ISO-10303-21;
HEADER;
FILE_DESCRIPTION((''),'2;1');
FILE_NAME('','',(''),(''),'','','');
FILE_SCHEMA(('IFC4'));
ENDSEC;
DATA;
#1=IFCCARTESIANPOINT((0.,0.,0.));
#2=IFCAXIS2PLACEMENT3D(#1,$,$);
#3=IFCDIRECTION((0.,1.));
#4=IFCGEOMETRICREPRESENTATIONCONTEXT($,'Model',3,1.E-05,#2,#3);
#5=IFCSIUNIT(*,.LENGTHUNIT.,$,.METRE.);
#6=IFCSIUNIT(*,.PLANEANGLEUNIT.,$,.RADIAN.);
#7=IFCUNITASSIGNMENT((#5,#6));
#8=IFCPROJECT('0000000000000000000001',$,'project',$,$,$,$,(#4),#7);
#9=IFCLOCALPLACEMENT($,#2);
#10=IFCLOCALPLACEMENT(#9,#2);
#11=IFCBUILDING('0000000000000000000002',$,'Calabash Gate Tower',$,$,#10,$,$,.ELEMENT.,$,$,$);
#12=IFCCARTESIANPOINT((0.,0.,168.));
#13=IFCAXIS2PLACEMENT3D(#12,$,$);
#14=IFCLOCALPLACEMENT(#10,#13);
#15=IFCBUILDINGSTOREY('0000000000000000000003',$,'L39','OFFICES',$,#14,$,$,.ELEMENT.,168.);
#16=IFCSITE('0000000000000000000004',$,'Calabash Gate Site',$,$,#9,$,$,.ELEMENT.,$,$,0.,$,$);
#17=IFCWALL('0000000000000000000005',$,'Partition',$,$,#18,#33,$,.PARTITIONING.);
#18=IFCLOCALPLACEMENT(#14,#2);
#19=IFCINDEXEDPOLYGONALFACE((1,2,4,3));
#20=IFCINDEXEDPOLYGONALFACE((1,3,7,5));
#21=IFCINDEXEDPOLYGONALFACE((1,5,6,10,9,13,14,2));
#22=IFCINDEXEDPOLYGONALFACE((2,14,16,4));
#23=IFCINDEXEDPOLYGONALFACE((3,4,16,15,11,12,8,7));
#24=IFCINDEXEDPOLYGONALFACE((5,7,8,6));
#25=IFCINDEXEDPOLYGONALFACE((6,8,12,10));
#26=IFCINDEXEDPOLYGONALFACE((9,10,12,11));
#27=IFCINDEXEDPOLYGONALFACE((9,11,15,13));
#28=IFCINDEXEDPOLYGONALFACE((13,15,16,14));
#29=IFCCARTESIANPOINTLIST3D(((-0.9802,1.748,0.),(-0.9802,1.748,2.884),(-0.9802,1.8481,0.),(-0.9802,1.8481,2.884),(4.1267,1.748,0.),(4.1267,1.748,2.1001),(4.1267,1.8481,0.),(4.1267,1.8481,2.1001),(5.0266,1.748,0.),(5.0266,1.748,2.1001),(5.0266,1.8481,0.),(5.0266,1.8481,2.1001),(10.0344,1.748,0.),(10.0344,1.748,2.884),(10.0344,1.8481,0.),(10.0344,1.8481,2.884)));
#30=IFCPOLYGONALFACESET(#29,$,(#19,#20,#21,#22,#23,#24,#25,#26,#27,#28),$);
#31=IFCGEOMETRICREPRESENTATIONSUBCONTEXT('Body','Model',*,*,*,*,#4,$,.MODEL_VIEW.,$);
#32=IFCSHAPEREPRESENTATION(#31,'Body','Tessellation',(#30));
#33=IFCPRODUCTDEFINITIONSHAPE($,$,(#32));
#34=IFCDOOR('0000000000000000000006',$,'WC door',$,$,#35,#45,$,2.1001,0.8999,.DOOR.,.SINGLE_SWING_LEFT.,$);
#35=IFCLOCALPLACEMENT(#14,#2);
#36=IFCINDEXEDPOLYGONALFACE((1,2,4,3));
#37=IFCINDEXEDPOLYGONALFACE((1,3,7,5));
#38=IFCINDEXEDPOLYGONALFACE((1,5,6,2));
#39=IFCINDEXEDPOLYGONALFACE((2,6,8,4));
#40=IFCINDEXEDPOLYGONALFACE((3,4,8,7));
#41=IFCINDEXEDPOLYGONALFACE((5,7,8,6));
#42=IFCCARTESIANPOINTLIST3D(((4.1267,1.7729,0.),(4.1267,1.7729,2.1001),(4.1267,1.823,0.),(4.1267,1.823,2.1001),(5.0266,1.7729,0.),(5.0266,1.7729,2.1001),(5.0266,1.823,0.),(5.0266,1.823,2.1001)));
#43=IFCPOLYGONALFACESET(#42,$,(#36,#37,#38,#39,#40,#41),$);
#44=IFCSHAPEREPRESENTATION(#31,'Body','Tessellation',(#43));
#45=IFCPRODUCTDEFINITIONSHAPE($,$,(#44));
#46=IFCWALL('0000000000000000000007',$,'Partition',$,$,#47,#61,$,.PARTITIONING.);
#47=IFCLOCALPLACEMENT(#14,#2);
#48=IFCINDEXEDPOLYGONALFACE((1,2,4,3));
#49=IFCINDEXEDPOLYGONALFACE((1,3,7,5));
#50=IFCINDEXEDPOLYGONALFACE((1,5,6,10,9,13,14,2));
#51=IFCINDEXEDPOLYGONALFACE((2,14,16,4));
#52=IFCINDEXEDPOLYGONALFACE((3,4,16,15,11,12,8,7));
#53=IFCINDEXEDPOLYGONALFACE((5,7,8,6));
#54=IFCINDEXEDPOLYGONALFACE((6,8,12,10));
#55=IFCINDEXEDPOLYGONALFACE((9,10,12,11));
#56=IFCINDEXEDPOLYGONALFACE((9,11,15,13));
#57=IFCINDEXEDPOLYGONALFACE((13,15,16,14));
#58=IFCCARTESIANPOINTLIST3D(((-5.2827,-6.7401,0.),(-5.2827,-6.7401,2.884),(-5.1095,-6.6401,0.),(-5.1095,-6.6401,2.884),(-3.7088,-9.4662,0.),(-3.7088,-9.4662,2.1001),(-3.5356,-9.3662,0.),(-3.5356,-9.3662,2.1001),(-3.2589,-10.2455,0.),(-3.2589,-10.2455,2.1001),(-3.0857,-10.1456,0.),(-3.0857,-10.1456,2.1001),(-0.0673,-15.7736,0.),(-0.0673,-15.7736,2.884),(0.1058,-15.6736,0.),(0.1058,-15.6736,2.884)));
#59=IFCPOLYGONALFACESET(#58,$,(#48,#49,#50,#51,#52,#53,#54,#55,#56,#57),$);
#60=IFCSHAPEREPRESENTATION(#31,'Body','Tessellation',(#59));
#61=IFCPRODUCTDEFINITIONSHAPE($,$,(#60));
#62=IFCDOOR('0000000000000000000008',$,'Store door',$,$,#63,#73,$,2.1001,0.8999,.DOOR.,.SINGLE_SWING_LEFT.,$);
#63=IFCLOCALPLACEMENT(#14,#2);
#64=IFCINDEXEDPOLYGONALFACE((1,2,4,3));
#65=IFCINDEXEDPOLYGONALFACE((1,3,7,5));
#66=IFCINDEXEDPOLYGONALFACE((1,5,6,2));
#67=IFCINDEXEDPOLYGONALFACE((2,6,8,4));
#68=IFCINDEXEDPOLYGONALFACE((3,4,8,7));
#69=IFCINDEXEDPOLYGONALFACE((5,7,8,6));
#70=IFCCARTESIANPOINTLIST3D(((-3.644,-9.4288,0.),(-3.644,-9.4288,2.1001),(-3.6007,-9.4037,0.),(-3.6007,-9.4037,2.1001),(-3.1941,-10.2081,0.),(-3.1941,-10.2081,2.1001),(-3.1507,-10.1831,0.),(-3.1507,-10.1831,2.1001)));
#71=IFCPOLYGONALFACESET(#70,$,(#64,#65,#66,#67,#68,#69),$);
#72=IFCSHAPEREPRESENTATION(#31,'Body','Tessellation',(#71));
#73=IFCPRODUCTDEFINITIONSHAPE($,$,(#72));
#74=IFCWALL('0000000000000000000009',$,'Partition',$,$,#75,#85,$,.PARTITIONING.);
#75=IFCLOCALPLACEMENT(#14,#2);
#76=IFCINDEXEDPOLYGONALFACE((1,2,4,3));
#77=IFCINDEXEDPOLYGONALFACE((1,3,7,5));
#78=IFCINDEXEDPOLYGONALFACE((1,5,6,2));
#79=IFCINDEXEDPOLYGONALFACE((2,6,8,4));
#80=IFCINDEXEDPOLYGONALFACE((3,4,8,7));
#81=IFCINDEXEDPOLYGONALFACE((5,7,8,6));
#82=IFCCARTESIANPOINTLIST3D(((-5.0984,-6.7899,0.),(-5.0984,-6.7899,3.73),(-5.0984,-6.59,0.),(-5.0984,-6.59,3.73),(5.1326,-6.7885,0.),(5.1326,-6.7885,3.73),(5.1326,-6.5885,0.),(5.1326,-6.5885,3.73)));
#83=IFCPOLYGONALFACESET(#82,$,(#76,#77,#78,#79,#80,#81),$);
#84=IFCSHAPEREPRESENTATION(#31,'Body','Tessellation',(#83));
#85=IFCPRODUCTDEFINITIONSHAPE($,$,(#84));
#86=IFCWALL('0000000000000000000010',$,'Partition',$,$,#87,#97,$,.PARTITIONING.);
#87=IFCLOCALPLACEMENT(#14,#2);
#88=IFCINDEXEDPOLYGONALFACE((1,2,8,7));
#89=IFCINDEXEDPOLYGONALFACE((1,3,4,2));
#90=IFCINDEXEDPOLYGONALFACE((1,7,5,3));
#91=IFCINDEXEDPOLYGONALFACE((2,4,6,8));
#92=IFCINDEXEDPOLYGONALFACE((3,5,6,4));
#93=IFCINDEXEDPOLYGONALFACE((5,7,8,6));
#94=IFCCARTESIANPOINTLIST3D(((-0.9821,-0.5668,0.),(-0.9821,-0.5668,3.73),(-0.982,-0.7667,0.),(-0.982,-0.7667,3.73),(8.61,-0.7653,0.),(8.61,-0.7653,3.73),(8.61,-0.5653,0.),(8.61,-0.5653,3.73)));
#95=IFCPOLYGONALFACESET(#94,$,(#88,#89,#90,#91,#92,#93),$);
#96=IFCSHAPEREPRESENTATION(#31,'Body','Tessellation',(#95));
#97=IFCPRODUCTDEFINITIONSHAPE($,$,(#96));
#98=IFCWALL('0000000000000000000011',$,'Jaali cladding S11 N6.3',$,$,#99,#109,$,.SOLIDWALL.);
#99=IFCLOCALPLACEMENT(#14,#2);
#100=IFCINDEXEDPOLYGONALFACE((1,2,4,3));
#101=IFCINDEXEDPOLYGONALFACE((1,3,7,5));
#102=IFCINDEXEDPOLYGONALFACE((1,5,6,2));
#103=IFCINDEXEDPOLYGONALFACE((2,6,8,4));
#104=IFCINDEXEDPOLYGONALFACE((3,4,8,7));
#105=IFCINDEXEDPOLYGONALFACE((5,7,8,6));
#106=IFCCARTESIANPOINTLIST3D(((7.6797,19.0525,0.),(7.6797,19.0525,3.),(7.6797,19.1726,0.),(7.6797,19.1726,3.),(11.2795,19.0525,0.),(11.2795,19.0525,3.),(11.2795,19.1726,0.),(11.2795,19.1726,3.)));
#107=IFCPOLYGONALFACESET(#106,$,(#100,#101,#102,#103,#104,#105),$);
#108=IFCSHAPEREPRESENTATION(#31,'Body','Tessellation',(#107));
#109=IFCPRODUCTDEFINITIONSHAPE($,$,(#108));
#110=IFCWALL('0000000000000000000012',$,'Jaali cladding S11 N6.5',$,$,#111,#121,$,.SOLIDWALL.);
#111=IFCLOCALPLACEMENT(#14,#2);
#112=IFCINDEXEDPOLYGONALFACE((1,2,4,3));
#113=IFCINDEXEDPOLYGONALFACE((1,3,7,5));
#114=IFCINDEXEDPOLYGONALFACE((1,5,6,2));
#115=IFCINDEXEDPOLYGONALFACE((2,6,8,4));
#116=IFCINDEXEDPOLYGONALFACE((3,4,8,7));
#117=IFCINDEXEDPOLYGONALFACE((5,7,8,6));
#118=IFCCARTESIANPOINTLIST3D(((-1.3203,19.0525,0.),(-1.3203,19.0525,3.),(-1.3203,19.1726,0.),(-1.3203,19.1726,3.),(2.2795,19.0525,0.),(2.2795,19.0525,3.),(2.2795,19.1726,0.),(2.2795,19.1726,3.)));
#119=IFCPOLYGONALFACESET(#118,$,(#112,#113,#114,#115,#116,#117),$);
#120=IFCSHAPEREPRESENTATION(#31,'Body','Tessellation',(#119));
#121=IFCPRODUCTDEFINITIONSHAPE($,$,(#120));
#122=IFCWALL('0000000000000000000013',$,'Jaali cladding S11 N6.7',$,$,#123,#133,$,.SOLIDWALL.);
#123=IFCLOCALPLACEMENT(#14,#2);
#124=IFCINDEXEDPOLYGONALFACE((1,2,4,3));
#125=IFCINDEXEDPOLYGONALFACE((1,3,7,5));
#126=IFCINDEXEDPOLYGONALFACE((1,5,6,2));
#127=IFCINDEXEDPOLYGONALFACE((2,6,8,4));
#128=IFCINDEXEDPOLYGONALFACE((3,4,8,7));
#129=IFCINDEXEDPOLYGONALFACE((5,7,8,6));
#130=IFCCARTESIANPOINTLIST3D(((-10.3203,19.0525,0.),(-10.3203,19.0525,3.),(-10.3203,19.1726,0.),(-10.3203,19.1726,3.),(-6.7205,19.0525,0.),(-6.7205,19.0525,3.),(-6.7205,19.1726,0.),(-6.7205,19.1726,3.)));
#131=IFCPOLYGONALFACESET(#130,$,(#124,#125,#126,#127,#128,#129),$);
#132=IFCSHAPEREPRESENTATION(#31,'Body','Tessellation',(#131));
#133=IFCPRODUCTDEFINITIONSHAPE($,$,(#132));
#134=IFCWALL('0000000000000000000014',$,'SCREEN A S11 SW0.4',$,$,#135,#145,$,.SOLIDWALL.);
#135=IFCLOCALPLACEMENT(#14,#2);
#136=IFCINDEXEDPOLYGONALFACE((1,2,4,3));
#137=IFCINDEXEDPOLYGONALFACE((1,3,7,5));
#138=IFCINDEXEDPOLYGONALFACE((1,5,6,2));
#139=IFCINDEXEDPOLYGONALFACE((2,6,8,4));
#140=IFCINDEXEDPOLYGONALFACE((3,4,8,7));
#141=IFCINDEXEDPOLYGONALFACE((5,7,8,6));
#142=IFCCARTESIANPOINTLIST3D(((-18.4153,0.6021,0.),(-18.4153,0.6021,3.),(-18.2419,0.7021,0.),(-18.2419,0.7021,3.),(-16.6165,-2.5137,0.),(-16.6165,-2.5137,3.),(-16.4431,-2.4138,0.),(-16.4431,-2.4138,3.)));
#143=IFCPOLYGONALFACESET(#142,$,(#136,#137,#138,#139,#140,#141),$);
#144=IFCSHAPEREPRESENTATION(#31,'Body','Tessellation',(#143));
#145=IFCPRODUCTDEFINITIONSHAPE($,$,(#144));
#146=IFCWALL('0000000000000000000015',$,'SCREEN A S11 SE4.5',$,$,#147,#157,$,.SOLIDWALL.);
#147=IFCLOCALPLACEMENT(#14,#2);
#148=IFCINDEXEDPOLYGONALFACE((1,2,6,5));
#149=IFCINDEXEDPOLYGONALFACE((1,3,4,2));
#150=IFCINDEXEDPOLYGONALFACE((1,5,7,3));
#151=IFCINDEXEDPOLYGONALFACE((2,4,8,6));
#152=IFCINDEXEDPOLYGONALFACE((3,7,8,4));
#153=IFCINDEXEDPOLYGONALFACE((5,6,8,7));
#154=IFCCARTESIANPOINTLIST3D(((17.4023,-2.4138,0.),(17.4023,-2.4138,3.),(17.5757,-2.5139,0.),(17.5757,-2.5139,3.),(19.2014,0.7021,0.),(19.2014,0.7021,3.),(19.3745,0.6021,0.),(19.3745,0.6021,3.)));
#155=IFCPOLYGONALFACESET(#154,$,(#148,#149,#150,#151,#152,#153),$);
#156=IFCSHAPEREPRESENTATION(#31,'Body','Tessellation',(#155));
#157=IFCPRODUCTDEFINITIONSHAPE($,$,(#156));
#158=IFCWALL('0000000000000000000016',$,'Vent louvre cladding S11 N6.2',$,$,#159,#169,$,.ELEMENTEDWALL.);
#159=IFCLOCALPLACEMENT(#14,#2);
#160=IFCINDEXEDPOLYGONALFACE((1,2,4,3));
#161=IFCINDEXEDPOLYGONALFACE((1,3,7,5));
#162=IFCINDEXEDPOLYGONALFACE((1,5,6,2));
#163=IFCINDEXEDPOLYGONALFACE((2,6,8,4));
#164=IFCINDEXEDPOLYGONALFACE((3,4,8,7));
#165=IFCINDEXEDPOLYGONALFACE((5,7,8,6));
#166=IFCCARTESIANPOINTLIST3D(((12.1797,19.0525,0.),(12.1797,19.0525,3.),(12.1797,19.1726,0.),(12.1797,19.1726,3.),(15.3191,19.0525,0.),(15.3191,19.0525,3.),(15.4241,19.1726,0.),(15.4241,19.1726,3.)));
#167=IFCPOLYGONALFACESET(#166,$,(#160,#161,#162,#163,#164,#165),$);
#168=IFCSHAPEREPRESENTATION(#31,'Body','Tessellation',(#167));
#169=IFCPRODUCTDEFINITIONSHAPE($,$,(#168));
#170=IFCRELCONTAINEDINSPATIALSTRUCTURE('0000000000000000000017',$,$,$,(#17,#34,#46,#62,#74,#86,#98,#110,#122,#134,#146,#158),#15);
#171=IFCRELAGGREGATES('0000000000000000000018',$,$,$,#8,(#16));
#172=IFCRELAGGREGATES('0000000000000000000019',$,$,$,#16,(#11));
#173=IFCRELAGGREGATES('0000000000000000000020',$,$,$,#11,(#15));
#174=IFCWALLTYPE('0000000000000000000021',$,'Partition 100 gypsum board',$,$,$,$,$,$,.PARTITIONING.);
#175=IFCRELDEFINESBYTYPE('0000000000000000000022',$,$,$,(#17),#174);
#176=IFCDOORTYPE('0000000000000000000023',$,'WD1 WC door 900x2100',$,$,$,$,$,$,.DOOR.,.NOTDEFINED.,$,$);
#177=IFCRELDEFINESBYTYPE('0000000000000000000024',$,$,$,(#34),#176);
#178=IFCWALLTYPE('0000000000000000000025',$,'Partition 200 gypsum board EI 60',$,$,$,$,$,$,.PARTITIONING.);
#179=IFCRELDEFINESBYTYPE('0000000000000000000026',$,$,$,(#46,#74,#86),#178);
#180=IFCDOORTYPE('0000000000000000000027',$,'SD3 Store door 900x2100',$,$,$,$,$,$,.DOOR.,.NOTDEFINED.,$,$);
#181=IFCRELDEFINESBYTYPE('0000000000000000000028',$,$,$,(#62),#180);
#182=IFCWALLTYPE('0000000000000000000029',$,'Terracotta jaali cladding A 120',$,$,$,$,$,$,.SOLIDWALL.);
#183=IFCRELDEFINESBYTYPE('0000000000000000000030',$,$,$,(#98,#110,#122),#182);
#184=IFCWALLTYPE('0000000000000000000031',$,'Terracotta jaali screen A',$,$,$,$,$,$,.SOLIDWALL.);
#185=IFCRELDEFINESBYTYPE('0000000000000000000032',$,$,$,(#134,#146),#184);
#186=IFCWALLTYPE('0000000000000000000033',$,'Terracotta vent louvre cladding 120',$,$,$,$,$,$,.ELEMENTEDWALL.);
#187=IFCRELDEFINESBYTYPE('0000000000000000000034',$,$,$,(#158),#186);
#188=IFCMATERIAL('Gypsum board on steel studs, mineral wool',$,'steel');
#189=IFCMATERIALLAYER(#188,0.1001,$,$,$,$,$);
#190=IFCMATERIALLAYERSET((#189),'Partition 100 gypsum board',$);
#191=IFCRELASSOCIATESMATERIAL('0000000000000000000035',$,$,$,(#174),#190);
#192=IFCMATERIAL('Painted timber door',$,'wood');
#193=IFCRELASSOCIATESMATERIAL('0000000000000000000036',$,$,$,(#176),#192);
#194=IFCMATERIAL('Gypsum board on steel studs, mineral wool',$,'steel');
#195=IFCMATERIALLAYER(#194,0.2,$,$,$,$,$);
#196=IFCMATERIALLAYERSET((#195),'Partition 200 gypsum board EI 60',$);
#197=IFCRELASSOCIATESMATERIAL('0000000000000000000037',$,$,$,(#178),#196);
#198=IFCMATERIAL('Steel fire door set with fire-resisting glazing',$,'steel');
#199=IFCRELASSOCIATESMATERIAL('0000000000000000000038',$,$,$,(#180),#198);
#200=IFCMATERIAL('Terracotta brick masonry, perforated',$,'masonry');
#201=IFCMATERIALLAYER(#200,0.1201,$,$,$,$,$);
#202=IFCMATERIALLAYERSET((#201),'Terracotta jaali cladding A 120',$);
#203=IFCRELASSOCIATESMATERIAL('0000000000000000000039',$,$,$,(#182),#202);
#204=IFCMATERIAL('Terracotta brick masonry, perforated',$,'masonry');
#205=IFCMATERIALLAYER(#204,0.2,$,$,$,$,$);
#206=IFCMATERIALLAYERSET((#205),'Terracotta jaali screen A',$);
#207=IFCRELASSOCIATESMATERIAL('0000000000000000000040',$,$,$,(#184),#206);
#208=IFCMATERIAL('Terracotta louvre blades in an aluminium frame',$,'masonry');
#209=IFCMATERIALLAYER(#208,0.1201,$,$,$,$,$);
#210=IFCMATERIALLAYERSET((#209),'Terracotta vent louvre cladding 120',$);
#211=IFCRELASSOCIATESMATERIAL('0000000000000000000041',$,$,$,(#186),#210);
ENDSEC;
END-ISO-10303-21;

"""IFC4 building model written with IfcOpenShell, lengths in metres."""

from ifc_helpers import new_model, si_unit, direction, frame, frame_2d, origin, place, context, subcontext, project, spatial, polyline, rectangle, outline, extrude, material, layer, layer_set, type_object, element, fill, save


model = new_model("IFC4")

# Units and contexts
model_context = context("Model", 3, precision=1e-05, world=origin(), true_north=direction((0.0, 1.0)))
body_context = subcontext(model_context, "Body", "Model", "MODEL_VIEW")
ifc_project = project(units=[si_unit("LENGTHUNIT", "METRE"), si_unit("PLANEANGLEUNIT", "RADIAN")], contexts=[model_context])

# Site, building, storey
site_placement = place(None, origin())
site = spatial("IfcSite", under=ifc_project, at=site_placement, Name="Calabash Gate Site", CompositionType="ELEMENT", RefElevation=0.0)
building_placement = place(site_placement, origin())
building = spatial("IfcBuilding", under=site, at=building_placement, Name="Calabash Gate Tower", CompositionType="ELEMENT")
storey_placement = place(building_placement, frame((0.0, 0.0, 168.0)))
storey = spatial("IfcBuildingStorey", under=building, at=storey_placement, Name="L39", Description="OFFICES", CompositionType="ELEMENT", Elevation=168.0)

# Shared definitions
ifc_material_1 = material(Name="Gypsum board on steel studs, mineral wool", Category="steel")
ifc_layer_1 = layer(ifc_material_1, 0.1001)
ifc_layer_set_1 = layer_set([ifc_layer_1], Name="Partition 100 gypsum board")
wall_type_1 = type_object("IfcWallType", Name="Partition 100 gypsum board", PredefinedType="PARTITIONING", material=ifc_layer_set_1)

# Walls, openings, doors
wall_1_placement = place(storey_placement, frame((-0.9802, 1.7981, 0.0), z_axis=(0.0, 0.0, 1.0), x_axis=(1.0, 0.0, 0.0)))
wall_1 = element("IfcWall", 1, at=wall_1_placement, inside=storey, type_object=wall_type_1, Name="Partition", PredefinedType="PARTITIONING", context=body_context, shape_type="SweptSolid", body=[
    extrude(rectangle(XDim=11.0146, YDim=0.1001, at=frame_2d((5.5073, 0.0))), origin(), (0.0, 0.0, 1.0), 2.884),
])
opening_1_placement = place(wall_1_placement, frame((5.1069, 0.0, 0.0)))
opening_1 = element("IfcOpeningElement", 2, at=opening_1_placement, cuts=wall_1, PredefinedType="OPENING", context=body_context, shape_type="SweptSolid", body=[
    extrude(rectangle(XDim=0.8999, YDim=2.1001, at=frame_2d((0.45, 1.05))), frame((0.0, 0.0601, 0.0), z_axis=(0.0, -1.0, 0.0), x_axis=(1.0, 0.0, 0.0)), (0.0, 0.0, 1.0), 0.1201),
])
ifc_material_2 = material(Name="Painted timber door", Category="wood")
door_type_1 = type_object("IfcDoorType", Name="WD1 WC door 900x2100", OperationType="NOTDEFINED", PredefinedType="DOOR", material=ifc_material_2)
door_1_placement = place(opening_1_placement, origin())
door_1 = element("IfcDoor", 3, at=door_1_placement, inside=storey, type_object=door_type_1, Name="WC door", OperationType="SINGLE_SWING_LEFT", OverallHeight=2.1001, OverallWidth=0.8999, PredefinedType="DOOR", context=body_context, shape_type="SweptSolid", body=[
    extrude(rectangle(XDim=0.8999, YDim=2.1001, at=frame_2d((0.45, 1.05))), frame((0.0, 0.0249, 0.0), z_axis=(0.0, -1.0, 0.0), x_axis=(1.0, 0.0, 0.0)), (0.0, 0.0, 1.0), 0.05),
])
fill(opening_1, door_1)
ifc_material_3 = material(Name="Gypsum board on steel studs, mineral wool", Category="steel")
ifc_layer_2 = layer(ifc_material_3, 0.2)
ifc_layer_set_2 = layer_set([ifc_layer_2], Name="Partition 200 gypsum board EI 60")
wall_type_2 = type_object("IfcWallType", Name="Partition 200 gypsum board EI 60", PredefinedType="PARTITIONING", material=ifc_layer_set_2)
wall_2_placement = place(storey_placement, frame((-5.196, -6.6902, 0.0), z_axis=(0.0, 0.0, 1.0), x_axis=(0.499991, -0.866031, 0.0)))
wall_2 = element("IfcWall", 4, at=wall_2_placement, inside=storey, type_object=wall_type_2, Name="Partition", PredefinedType="PARTITIONING", context=body_context, shape_type="SweptSolid", body=[
    extrude(rectangle(XDim=10.4309, YDim=0.2, at=frame_2d((5.2153, 0.0))), origin(), (0.0, 0.0, 1.0), 2.884),
])
opening_2_placement = place(wall_2_placement, frame((3.1477, 0.0, 0.0)))
opening_2 = element("IfcOpeningElement", 5, at=opening_2_placement, cuts=wall_2, PredefinedType="OPENING", context=body_context, shape_type="SweptSolid", body=[
    extrude(rectangle(XDim=0.8999, YDim=2.1001, at=frame_2d((0.45, 1.05))), frame((0.0, 0.1099, 0.0), z_axis=(0.0, -1.0, 0.0), x_axis=(1.0, 0.0, 0.0)), (0.0, 0.0, 1.0), 0.22),
])
ifc_material_4 = material(Name="Steel fire door set with fire-resisting glazing", Category="steel")
door_type_2 = type_object("IfcDoorType", Name="SD3 Store door 900x2100", OperationType="NOTDEFINED", PredefinedType="DOOR", material=ifc_material_4)
door_2_placement = place(opening_2_placement, origin())
door_2 = element("IfcDoor", 6, at=door_2_placement, inside=storey, type_object=door_type_2, Name="Store door", OperationType="SINGLE_SWING_LEFT", OverallHeight=2.1001, OverallWidth=0.8999, PredefinedType="DOOR", context=body_context, shape_type="SweptSolid", body=[
    extrude(rectangle(XDim=0.8999, YDim=2.1001, at=frame_2d((0.45, 1.05))), frame((0.0, 0.0249, 0.0), z_axis=(0.0, -1.0, 0.0), x_axis=(1.0, 0.0, 0.0)), (0.0, 0.0, 1.0), 0.05),
])
fill(opening_2, door_2)

# Walls
wall_3_placement = place(storey_placement, frame((-5.0984, -6.6899, 0.0), z_axis=(0.0, 0.0, 1.0), x_axis=(1.0, 0.000143, 0.0)))
element("IfcWall", 7, at=wall_3_placement, inside=storey, type_object=wall_type_2, Name="Partition", PredefinedType="PARTITIONING", context=body_context, shape_type="SweptSolid", body=[
    extrude(rectangle(XDim=10.231, YDim=0.2, at=frame_2d((5.1155, 0.0))), origin(), (0.0, 0.0, 1.0), 3.73),
])
wall_4_placement = place(storey_placement, frame((-0.9819, -0.6667, 0.0), z_axis=(0.0, 0.0, 1.0), x_axis=(1.0, 0.000153, 0.0)))
element("IfcWall", 8, at=wall_4_placement, inside=storey, type_object=wall_type_2, Name="Partition", PredefinedType="PARTITIONING", context=body_context, shape_type="SweptSolid", body=[
    extrude(rectangle(XDim=9.592, YDim=0.2, at=frame_2d((4.7959, 0.0))), origin(), (0.0, 0.0, 1.0), 3.73),
])
ifc_material_5 = material(Name="Terracotta brick masonry, perforated", Category="masonry")
ifc_layer_3 = layer(ifc_material_5, 0.1201)
ifc_layer_set_3 = layer_set([ifc_layer_3], Name="Terracotta jaali cladding A 120")
wall_type_3 = type_object("IfcWallType", Name="Terracotta jaali cladding A 120", PredefinedType="SOLIDWALL", material=ifc_layer_set_3)
wall_5_placement = place(storey_placement, origin())
element("IfcWall", 9, at=wall_5_placement, inside=storey, type_object=wall_type_3, Name="Jaali cladding S11 N6.3", PredefinedType="SOLIDWALL", context=body_context, shape_type="SweptSolid", body=[
    extrude(outline(polyline([(7.6797, 19.1726), (7.6797, 19.0525), (11.2795, 19.0525), (11.2795, 19.1726), (7.6797, 19.1726)])), origin(), (0.0, 0.0, 1.0), 3.0),
])
wall_6_placement = place(storey_placement, origin())
element("IfcWall", 10, at=wall_6_placement, inside=storey, type_object=wall_type_3, Name="Jaali cladding S11 N6.5", PredefinedType="SOLIDWALL", context=body_context, shape_type="SweptSolid", body=[
    extrude(outline(polyline([(-1.3203, 19.1726), (-1.3203, 19.0525), (2.2795, 19.0525), (2.2795, 19.1726), (-1.3203, 19.1726)])), origin(), (0.0, 0.0, 1.0), 3.0),
])
wall_7_placement = place(storey_placement, origin())
element("IfcWall", 11, at=wall_7_placement, inside=storey, type_object=wall_type_3, Name="Jaali cladding S11 N6.7", PredefinedType="SOLIDWALL", context=body_context, shape_type="SweptSolid", body=[
    extrude(outline(polyline([(-10.3203, 19.1726), (-10.3203, 19.0525), (-6.7205, 19.0525), (-6.7205, 19.1726), (-10.3203, 19.1726)])), origin(), (0.0, 0.0, 1.0), 3.0),
])
ifc_material_6 = material(Name="Terracotta brick masonry, perforated", Category="masonry")
ifc_layer_4 = layer(ifc_material_6, 0.2)
ifc_layer_set_4 = layer_set([ifc_layer_4], Name="Terracotta jaali screen A")
wall_type_4 = type_object("IfcWallType", Name="Terracotta jaali screen A", PredefinedType="SOLIDWALL", material=ifc_layer_set_4)
wall_8_placement = place(storey_placement, origin())
element("IfcWall", 12, at=wall_8_placement, inside=storey, type_object=wall_type_4, Name="SCREEN A S11 SW0.4", PredefinedType="SOLIDWALL", context=body_context, shape_type="SweptSolid", body=[
    extrude(outline(polyline([(-18.4153, 0.6021), (-16.6165, -2.5137), (-16.4431, -2.4138), (-18.2419, 0.7021), (-18.4153, 0.6021)])), origin(), (0.0, 0.0, 1.0), 3.0),
])
wall_9_placement = place(storey_placement, origin())
element("IfcWall", 13, at=wall_9_placement, inside=storey, type_object=wall_type_4, Name="SCREEN A S11 SE4.5", PredefinedType="SOLIDWALL", context=body_context, shape_type="SweptSolid", body=[
    extrude(outline(polyline([(19.2014, 0.7021), (17.4023, -2.4138), (17.5757, -2.5139), (19.3745, 0.6021), (19.2014, 0.7021)])), origin(), (0.0, 0.0, 1.0), 3.0),
])
ifc_material_7 = material(Name="Terracotta louvre blades in an aluminium frame", Category="masonry")
ifc_layer_5 = layer(ifc_material_7, 0.1201)
ifc_layer_set_5 = layer_set([ifc_layer_5], Name="Terracotta vent louvre cladding 120")
wall_type_5 = type_object("IfcWallType", Name="Terracotta vent louvre cladding 120", PredefinedType="ELEMENTEDWALL", material=ifc_layer_set_5)
wall_10_placement = place(storey_placement, origin())
element("IfcWall", 14, at=wall_10_placement, inside=storey, type_object=wall_type_5, Name="Vent louvre cladding S11 N6.2", PredefinedType="ELEMENTEDWALL", context=body_context, shape_type="SweptSolid", body=[
    extrude(outline(polyline([(12.1797, 19.1726), (12.1797, 19.0525), (15.3191, 19.0525), (15.4241, 19.1726), (12.1797, 19.1726)])), origin(), (0.0, 0.0, 1.0), 3.0),
])

save(model, "model.ifc")
